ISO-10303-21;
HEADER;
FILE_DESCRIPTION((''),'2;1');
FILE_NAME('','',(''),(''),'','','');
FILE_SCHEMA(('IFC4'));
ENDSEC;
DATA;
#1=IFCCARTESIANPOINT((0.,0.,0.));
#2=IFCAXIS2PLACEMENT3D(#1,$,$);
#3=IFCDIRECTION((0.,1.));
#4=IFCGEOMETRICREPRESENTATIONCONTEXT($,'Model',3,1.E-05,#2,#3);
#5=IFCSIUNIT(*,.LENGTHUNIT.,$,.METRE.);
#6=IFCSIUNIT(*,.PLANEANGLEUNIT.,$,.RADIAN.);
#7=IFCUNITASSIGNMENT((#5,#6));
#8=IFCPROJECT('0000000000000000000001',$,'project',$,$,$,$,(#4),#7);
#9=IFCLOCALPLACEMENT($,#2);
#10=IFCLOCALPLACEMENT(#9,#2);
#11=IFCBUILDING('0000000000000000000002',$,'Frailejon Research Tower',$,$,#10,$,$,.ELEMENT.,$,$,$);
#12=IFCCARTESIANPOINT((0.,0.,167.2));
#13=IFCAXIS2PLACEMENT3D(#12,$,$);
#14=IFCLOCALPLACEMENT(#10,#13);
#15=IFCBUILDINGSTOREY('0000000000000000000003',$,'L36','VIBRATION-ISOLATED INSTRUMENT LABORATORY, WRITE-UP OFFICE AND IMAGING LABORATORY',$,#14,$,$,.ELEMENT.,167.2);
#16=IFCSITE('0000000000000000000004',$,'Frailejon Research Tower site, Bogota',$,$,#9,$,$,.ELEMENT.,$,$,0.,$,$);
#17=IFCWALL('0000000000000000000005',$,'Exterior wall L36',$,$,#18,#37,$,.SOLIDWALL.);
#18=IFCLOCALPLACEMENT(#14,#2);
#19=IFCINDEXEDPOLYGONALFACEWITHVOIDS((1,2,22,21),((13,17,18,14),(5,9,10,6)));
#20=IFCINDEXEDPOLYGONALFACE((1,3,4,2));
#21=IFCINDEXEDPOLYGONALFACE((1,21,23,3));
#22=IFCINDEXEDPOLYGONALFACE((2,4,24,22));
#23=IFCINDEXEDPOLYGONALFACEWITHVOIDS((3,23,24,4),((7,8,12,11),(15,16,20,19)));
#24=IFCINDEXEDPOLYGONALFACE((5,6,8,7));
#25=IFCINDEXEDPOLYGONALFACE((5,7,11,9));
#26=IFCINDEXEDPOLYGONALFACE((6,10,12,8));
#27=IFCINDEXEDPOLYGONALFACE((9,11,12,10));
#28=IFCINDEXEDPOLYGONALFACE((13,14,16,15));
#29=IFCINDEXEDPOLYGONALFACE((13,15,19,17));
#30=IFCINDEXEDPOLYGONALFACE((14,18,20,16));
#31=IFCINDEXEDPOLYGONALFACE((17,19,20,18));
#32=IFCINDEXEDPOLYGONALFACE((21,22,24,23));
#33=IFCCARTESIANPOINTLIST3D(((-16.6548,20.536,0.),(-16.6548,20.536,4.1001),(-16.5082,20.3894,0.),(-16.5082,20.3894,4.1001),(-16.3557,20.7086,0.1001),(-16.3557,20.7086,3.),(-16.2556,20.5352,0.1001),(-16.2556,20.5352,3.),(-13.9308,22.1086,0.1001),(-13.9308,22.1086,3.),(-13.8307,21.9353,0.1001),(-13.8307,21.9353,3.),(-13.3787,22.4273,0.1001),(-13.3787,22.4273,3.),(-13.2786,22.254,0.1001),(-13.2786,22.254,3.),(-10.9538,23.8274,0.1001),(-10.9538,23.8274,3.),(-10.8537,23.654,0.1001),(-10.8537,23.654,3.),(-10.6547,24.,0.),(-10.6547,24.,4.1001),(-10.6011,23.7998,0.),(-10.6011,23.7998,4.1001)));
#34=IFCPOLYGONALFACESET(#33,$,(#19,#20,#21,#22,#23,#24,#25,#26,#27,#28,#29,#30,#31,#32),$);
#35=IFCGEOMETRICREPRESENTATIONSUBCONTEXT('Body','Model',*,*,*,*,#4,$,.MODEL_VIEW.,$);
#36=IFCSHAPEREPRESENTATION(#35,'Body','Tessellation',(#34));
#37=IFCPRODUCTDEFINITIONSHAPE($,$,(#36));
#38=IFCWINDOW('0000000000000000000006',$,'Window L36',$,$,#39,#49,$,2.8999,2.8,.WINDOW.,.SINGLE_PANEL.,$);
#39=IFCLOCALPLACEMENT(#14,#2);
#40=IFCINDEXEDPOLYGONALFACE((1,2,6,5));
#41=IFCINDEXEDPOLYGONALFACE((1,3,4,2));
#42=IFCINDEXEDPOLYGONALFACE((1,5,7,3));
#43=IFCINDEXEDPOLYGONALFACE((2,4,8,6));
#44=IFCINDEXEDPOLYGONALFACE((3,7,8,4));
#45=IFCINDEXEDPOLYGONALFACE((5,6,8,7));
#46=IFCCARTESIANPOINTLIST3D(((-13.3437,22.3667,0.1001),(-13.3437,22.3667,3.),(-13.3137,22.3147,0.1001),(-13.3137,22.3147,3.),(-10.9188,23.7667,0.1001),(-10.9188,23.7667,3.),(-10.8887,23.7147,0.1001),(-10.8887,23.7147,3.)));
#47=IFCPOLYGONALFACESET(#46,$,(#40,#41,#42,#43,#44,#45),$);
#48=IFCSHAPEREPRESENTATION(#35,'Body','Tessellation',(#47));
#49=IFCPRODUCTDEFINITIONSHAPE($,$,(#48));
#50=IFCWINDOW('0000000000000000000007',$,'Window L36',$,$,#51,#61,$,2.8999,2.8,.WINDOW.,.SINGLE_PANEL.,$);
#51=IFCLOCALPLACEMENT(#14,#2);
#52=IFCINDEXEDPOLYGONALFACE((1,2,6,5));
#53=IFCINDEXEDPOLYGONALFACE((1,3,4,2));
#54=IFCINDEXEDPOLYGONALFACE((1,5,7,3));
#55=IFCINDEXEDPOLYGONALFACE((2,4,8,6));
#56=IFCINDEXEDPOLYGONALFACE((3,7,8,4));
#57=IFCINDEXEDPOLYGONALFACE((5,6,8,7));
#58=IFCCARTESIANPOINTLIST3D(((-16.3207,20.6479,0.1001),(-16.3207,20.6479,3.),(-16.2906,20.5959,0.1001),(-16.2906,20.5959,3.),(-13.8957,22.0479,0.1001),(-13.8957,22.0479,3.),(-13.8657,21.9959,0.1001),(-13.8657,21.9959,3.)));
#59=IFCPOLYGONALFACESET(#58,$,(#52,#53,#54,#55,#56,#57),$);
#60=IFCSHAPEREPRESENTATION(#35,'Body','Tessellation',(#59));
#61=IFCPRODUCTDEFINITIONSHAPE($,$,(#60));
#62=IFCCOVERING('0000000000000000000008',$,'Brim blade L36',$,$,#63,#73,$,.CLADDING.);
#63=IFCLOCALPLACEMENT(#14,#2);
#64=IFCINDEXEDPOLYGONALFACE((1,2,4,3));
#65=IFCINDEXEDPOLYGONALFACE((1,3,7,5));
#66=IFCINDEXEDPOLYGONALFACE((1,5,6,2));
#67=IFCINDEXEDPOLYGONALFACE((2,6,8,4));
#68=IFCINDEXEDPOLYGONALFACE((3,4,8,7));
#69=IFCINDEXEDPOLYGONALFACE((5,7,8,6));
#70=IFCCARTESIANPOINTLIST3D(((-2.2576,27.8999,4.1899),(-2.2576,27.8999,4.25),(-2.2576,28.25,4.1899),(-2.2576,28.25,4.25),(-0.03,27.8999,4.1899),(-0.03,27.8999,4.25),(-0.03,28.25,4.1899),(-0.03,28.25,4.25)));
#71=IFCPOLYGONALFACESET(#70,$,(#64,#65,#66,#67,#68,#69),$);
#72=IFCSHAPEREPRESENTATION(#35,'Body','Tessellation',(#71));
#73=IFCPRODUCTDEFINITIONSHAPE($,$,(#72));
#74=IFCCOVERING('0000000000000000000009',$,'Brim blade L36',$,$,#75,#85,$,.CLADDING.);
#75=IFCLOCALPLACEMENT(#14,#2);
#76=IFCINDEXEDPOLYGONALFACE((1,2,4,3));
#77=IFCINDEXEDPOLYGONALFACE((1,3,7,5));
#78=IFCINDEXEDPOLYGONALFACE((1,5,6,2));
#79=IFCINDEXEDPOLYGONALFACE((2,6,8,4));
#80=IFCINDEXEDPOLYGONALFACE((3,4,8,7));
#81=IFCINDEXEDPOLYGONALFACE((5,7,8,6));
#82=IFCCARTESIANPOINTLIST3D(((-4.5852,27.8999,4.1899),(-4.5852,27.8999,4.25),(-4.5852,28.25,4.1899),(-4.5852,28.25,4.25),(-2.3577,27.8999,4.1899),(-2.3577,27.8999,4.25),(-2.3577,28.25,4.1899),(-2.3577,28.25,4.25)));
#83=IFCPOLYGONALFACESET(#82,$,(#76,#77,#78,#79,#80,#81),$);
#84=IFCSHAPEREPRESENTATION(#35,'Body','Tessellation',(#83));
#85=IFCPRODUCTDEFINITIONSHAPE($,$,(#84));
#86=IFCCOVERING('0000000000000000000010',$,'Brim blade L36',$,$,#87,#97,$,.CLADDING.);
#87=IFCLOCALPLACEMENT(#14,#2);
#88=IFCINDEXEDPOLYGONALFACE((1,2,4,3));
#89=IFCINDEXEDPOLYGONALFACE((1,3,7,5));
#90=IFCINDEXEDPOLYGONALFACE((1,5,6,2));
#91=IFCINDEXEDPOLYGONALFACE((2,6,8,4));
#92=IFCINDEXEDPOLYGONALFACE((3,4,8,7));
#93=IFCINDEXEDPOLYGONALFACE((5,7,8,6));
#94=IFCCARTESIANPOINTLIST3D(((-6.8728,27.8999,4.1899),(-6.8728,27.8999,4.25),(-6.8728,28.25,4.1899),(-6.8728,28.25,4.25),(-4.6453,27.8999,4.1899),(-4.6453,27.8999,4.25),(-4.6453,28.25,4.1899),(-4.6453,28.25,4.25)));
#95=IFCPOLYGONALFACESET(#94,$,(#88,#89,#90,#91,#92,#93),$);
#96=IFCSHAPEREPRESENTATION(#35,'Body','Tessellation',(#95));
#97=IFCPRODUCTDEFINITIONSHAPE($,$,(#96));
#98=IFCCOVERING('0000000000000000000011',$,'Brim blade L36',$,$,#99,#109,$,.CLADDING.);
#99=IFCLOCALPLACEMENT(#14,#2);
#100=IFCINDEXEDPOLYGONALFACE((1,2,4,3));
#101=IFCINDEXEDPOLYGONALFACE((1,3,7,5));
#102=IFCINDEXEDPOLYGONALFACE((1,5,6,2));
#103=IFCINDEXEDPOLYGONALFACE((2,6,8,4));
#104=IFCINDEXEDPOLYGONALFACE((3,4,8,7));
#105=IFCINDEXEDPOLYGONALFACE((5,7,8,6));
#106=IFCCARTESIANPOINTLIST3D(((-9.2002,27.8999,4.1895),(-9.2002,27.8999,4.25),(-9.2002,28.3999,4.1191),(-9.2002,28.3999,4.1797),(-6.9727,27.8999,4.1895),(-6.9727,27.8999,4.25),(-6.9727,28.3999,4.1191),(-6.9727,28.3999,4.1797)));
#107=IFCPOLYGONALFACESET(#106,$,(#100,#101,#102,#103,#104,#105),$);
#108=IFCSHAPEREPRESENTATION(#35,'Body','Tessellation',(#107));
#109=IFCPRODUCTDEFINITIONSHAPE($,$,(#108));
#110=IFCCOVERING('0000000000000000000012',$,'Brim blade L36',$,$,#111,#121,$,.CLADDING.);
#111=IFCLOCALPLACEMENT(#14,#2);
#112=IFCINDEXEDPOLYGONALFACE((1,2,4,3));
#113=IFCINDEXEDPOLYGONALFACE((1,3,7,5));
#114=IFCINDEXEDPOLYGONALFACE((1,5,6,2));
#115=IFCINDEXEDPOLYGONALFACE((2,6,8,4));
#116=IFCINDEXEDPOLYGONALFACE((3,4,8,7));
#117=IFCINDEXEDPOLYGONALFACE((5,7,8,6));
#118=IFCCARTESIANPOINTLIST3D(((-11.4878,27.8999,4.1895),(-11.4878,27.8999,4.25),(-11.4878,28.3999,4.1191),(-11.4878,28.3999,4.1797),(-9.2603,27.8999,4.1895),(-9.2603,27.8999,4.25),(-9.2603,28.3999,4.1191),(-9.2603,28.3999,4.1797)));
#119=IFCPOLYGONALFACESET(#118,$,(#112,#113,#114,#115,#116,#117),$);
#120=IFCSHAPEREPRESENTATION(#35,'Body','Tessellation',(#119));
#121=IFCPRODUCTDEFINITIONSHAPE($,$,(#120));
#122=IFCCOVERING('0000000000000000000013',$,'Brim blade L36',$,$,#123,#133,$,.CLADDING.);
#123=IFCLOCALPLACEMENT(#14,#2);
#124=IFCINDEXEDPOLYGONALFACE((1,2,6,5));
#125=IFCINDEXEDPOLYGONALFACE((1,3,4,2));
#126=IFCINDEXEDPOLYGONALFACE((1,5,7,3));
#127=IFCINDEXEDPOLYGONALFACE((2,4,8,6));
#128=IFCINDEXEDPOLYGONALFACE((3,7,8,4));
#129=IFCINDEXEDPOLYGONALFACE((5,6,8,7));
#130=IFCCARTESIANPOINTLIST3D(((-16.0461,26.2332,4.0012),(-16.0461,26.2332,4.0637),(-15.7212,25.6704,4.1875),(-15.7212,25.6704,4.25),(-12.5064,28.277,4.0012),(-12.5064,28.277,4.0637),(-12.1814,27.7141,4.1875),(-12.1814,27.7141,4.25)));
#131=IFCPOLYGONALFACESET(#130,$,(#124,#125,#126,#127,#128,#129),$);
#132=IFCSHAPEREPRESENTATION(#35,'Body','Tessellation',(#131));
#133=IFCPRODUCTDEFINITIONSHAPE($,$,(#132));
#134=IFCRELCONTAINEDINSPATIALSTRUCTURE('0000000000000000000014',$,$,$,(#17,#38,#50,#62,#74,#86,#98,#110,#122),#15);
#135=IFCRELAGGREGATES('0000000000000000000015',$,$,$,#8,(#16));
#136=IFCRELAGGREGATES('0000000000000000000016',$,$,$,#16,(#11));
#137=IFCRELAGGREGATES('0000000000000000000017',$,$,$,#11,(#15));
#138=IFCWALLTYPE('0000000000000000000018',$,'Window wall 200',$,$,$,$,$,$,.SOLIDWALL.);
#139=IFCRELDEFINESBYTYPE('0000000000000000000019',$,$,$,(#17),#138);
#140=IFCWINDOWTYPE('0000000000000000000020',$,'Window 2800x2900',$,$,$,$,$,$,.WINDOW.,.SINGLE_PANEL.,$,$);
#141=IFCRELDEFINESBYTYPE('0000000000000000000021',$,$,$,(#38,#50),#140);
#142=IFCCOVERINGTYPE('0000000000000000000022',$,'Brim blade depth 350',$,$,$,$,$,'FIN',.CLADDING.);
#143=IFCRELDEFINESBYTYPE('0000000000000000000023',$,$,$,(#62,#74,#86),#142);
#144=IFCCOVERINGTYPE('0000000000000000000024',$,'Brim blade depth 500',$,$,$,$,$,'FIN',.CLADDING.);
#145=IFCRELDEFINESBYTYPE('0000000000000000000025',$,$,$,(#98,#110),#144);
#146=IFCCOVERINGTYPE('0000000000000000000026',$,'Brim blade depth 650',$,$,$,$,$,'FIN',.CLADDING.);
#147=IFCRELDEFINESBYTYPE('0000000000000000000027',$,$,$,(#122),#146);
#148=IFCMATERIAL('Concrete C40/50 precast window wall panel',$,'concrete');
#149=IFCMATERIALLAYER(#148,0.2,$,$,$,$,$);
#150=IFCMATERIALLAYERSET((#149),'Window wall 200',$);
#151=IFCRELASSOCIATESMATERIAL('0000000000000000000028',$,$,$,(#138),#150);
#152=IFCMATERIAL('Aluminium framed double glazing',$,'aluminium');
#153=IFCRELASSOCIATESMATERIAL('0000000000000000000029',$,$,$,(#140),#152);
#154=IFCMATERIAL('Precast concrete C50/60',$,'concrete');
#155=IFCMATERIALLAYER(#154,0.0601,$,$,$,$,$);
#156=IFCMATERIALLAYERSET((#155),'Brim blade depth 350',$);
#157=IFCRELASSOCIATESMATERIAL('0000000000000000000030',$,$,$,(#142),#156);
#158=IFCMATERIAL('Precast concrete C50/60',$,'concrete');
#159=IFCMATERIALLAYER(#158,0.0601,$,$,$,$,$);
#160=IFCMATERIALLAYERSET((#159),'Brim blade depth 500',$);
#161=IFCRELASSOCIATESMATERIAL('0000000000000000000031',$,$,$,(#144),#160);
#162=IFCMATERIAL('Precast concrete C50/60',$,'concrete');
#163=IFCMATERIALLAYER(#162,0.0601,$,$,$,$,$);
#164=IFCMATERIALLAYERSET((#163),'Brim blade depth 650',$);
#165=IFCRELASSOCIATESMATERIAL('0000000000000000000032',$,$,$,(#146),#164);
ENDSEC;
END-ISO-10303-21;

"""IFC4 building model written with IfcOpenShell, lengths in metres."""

from ifc_helpers import new_model, si_unit, direction, frame, frame_2d, origin, place, context, subcontext, project, spatial, polyline, rectangle, outline, extrude, material, layer, layer_set, type_object, element, fill, save


model = new_model("IFC4")

# Units and contexts
model_context = context("Model", 3, precision=1e-05, world=origin(), true_north=direction((0.0, 1.0)))
body_context = subcontext(model_context, "Body", "Model", "MODEL_VIEW")
ifc_project = project(units=[si_unit("LENGTHUNIT", "METRE"), si_unit("PLANEANGLEUNIT", "RADIAN")], contexts=[model_context])

# Site, building, storey
site_placement = place(None, origin())
site = spatial("IfcSite", under=ifc_project, at=site_placement, Name="Frailejon Research Tower site, Bogota", CompositionType="ELEMENT", RefElevation=0.0)
building_placement = place(site_placement, origin())
building = spatial("IfcBuilding", under=site, at=building_placement, Name="Frailejon Research Tower", CompositionType="ELEMENT")
storey_placement = place(building_placement, frame((0.0, 0.0, 167.2)))
storey = spatial("IfcBuildingStorey", under=building, at=storey_placement, Name="L36", Description="VIBRATION-ISOLATED INSTRUMENT LABORATORY, WRITE-UP OFFICE AND IMAGING LABORATORY", CompositionType="ELEMENT", Elevation=167.2)

# Wall, openings, windows
ifc_material_1 = material(Name="Concrete C40/50 precast window wall panel", Category="concrete")
ifc_layer_1 = layer(ifc_material_1, 0.2)
ifc_layer_set_1 = layer_set([ifc_layer_1], Name="Window wall 200")
wall_type = type_object("IfcWallType", Name="Window wall 200", PredefinedType="SOLIDWALL", material=ifc_layer_set_1)
wall_placement = place(storey_placement, frame((-10.6279, 23.8999, 0.0), z_axis=(0.0, 0.0, 1.0), x_axis=(-0.866029, -0.499993, 0.0)))
wall = element("IfcWall", 1, at=wall_placement, inside=storey, type_object=wall_type, Name="Exterior wall L36", PredefinedType="SOLIDWALL", context=body_context, shape_type="SweptSolid", body=[
    extrude(outline(polyline([(-0.0269, -0.1001), (1.1279, -0.1001), (2.2825, -0.1001), (3.4373, -0.1001), (4.592, -0.1001), (5.7466, -0.1001), (6.9014, -0.1001), (6.8477, 0.1001), (5.7109, 0.1001), (4.574, 0.1001), (3.4373, 0.1001), (2.3005, 0.1001), (1.1636, 0.1001), (0.0269, 0.1001), (-0.0269, -0.1001)])), origin(), (0.0, 0.0, 1.0), 4.1001),
])
opening_1_placement = place(wall_placement, frame((0.3186, 0.0, 0.1001)))
opening_1 = element("IfcOpeningElement", 2, at=opening_1_placement, cuts=wall, PredefinedType="OPENING", context=body_context, shape_type="SweptSolid", body=[
    extrude(rectangle(XDim=2.8, YDim=2.8999, at=frame_2d((1.3999, 1.45))), frame((0.0, 0.1099, 0.0), z_axis=(0.0, -1.0, 0.0), x_axis=(1.0, 0.0, 0.0)), (0.0, 0.0, 1.0), 0.22),
])
opening_2_placement = place(wall_placement, frame((3.7561, 0.0, 0.1001)))
opening_2 = element("IfcOpeningElement", 3, at=opening_2_placement, cuts=wall, PredefinedType="OPENING", context=body_context, shape_type="SweptSolid", body=[
    extrude(rectangle(XDim=2.8, YDim=2.8999, at=frame_2d((1.3999, 1.45))), frame((0.0, 0.1099, 0.0), z_axis=(0.0, -1.0, 0.0), x_axis=(1.0, 0.0, 0.0)), (0.0, 0.0, 1.0), 0.22),
])
ifc_material_2 = material(Name="Aluminium framed double glazing", Category="aluminium")
window_type = type_object("IfcWindowType", Name="Window 2800x2900", PartitioningType="SINGLE_PANEL", PredefinedType="WINDOW", material=ifc_material_2)
window_1_placement = place(opening_1_placement, origin())
window_1 = element("IfcWindow", 4, at=window_1_placement, inside=storey, type_object=window_type, Name="Window L36", OverallHeight=2.8999, OverallWidth=2.8, PartitioningType="SINGLE_PANEL", PredefinedType="WINDOW", context=body_context, shape_type="SweptSolid", body=[
    extrude(rectangle(XDim=2.8, YDim=2.8999, at=frame_2d((1.3999, 1.45))), frame((0.0, 0.03, 0.0), z_axis=(0.0, -1.0, 0.0), x_axis=(1.0, 0.0, 0.0)), (0.0, 0.0, 1.0), 0.0601),
])
fill(opening_1, window_1)
window_2_placement = place(opening_2_placement, origin())
window_2 = element("IfcWindow", 5, at=window_2_placement, inside=storey, type_object=window_type, Name="Window L36", OverallHeight=2.8999, OverallWidth=2.8, PartitioningType="SINGLE_PANEL", PredefinedType="WINDOW", context=body_context, shape_type="SweptSolid", body=[
    extrude(rectangle(XDim=2.8, YDim=2.8999, at=frame_2d((1.3999, 1.45))), frame((0.0, 0.03, 0.0), z_axis=(0.0, -1.0, 0.0), x_axis=(1.0, 0.0, 0.0)), (0.0, 0.0, 1.0), 0.0601),
])
fill(opening_2, window_2)

# Coverings
ifc_material_3 = material(Name="Precast concrete C50/60", Category="concrete")
ifc_layer_2 = layer(ifc_material_3, 0.0601)
ifc_layer_set_2 = layer_set([ifc_layer_2], Name="Brim blade depth 350")
covering_type_1 = type_object("IfcCoveringType", Name="Brim blade depth 350", ElementType="FIN", PredefinedType="CLADDING", material=ifc_layer_set_2)
for number, where, z_axis, x_axis, name in (
    (6, (-2.2576, 27.8999, 4.25), (1.0, 0.0, 0.0), (0.0, 1.0, 0.0), "Brim blade L36"),
    (7, (-4.5852, 27.8999, 4.25), (1.0, 0.0, 0.0), (0.0, 1.0, 0.0), "Brim blade L36"),
    (8, (-6.8728, 27.8999, 4.25), (1.0, 0.0, 0.0), (0.0, 1.0, 0.0), "Brim blade L36"),
):
    element("IfcCovering", number, at=place(storey_placement, frame(where, z_axis=z_axis, x_axis=x_axis)), inside=storey, type_object=covering_type_1, Name=name, PredefinedType="CLADDING", context=body_context, shape_type="SweptSolid", body=[
        extrude(outline(polyline([(0.0, -0.0601), (0.3501, -0.0601), (0.3501, 0.0), (0.0, 0.0), (0.0, -0.0601)])), origin(), (0.0, 0.0, 1.0), 2.2275),
    ])
ifc_material_4 = material(Name="Precast concrete C50/60", Category="concrete")
ifc_layer_3 = layer(ifc_material_4, 0.0601)
ifc_layer_set_3 = layer_set([ifc_layer_3], Name="Brim blade depth 500")
covering_type_2 = type_object("IfcCoveringType", Name="Brim blade depth 500", ElementType="FIN", PredefinedType="CLADDING", material=ifc_layer_set_3)
for number, where, z_axis, x_axis, name in (
    (9, (-9.2002, 27.8999, 4.25), (1.0, 0.0, 0.0), (0.0, 1.0, 0.0), "Brim blade L36"),
    (10, (-11.4878, 27.8999, 4.25), (1.0, 0.0, 0.0), (0.0, 1.0, 0.0), "Brim blade L36"),
):
    element("IfcCovering", number, at=place(storey_placement, frame(where, z_axis=z_axis, x_axis=x_axis)), inside=storey, type_object=covering_type_2, Name=name, PredefinedType="CLADDING", context=body_context, shape_type="SweptSolid", body=[
        extrude(outline(polyline([(0.0, -0.0605), (0.5, -0.1309), (0.5, -0.0703), (0.0, 0.0), (0.0, -0.0605)])), origin(), (0.0, 0.0, 1.0), 2.2275),
    ])
ifc_material_5 = material(Name="Precast concrete C50/60", Category="concrete")
ifc_layer_4 = layer(ifc_material_5, 0.0601)
ifc_layer_set_4 = layer_set([ifc_layer_4], Name="Brim blade depth 650")
covering_type_3 = type_object("IfcCoveringType", Name="Brim blade depth 650", ElementType="FIN", PredefinedType="CLADDING", material=ifc_layer_set_4)
covering_placement = place(storey_placement, frame((-15.7212, 25.6704, 4.25), z_axis=(0.866021, 0.500007, 0.0), x_axis=(-0.500007, 0.866021, 0.0)))
element("IfcCovering", 11, at=covering_placement, inside=storey, type_object=covering_type_3, Name="Brim blade L36", PredefinedType="CLADDING", context=body_context, shape_type="SweptSolid", body=[
    extrude(outline(polyline([(0.0, -0.0625), (0.6499, -0.2488), (0.6499, -0.1863), (0.0, 0.0), (0.0, -0.0625)])), origin(), (0.0, 0.0, 1.0), 4.0874),
])

save(model, "model.ifc")
